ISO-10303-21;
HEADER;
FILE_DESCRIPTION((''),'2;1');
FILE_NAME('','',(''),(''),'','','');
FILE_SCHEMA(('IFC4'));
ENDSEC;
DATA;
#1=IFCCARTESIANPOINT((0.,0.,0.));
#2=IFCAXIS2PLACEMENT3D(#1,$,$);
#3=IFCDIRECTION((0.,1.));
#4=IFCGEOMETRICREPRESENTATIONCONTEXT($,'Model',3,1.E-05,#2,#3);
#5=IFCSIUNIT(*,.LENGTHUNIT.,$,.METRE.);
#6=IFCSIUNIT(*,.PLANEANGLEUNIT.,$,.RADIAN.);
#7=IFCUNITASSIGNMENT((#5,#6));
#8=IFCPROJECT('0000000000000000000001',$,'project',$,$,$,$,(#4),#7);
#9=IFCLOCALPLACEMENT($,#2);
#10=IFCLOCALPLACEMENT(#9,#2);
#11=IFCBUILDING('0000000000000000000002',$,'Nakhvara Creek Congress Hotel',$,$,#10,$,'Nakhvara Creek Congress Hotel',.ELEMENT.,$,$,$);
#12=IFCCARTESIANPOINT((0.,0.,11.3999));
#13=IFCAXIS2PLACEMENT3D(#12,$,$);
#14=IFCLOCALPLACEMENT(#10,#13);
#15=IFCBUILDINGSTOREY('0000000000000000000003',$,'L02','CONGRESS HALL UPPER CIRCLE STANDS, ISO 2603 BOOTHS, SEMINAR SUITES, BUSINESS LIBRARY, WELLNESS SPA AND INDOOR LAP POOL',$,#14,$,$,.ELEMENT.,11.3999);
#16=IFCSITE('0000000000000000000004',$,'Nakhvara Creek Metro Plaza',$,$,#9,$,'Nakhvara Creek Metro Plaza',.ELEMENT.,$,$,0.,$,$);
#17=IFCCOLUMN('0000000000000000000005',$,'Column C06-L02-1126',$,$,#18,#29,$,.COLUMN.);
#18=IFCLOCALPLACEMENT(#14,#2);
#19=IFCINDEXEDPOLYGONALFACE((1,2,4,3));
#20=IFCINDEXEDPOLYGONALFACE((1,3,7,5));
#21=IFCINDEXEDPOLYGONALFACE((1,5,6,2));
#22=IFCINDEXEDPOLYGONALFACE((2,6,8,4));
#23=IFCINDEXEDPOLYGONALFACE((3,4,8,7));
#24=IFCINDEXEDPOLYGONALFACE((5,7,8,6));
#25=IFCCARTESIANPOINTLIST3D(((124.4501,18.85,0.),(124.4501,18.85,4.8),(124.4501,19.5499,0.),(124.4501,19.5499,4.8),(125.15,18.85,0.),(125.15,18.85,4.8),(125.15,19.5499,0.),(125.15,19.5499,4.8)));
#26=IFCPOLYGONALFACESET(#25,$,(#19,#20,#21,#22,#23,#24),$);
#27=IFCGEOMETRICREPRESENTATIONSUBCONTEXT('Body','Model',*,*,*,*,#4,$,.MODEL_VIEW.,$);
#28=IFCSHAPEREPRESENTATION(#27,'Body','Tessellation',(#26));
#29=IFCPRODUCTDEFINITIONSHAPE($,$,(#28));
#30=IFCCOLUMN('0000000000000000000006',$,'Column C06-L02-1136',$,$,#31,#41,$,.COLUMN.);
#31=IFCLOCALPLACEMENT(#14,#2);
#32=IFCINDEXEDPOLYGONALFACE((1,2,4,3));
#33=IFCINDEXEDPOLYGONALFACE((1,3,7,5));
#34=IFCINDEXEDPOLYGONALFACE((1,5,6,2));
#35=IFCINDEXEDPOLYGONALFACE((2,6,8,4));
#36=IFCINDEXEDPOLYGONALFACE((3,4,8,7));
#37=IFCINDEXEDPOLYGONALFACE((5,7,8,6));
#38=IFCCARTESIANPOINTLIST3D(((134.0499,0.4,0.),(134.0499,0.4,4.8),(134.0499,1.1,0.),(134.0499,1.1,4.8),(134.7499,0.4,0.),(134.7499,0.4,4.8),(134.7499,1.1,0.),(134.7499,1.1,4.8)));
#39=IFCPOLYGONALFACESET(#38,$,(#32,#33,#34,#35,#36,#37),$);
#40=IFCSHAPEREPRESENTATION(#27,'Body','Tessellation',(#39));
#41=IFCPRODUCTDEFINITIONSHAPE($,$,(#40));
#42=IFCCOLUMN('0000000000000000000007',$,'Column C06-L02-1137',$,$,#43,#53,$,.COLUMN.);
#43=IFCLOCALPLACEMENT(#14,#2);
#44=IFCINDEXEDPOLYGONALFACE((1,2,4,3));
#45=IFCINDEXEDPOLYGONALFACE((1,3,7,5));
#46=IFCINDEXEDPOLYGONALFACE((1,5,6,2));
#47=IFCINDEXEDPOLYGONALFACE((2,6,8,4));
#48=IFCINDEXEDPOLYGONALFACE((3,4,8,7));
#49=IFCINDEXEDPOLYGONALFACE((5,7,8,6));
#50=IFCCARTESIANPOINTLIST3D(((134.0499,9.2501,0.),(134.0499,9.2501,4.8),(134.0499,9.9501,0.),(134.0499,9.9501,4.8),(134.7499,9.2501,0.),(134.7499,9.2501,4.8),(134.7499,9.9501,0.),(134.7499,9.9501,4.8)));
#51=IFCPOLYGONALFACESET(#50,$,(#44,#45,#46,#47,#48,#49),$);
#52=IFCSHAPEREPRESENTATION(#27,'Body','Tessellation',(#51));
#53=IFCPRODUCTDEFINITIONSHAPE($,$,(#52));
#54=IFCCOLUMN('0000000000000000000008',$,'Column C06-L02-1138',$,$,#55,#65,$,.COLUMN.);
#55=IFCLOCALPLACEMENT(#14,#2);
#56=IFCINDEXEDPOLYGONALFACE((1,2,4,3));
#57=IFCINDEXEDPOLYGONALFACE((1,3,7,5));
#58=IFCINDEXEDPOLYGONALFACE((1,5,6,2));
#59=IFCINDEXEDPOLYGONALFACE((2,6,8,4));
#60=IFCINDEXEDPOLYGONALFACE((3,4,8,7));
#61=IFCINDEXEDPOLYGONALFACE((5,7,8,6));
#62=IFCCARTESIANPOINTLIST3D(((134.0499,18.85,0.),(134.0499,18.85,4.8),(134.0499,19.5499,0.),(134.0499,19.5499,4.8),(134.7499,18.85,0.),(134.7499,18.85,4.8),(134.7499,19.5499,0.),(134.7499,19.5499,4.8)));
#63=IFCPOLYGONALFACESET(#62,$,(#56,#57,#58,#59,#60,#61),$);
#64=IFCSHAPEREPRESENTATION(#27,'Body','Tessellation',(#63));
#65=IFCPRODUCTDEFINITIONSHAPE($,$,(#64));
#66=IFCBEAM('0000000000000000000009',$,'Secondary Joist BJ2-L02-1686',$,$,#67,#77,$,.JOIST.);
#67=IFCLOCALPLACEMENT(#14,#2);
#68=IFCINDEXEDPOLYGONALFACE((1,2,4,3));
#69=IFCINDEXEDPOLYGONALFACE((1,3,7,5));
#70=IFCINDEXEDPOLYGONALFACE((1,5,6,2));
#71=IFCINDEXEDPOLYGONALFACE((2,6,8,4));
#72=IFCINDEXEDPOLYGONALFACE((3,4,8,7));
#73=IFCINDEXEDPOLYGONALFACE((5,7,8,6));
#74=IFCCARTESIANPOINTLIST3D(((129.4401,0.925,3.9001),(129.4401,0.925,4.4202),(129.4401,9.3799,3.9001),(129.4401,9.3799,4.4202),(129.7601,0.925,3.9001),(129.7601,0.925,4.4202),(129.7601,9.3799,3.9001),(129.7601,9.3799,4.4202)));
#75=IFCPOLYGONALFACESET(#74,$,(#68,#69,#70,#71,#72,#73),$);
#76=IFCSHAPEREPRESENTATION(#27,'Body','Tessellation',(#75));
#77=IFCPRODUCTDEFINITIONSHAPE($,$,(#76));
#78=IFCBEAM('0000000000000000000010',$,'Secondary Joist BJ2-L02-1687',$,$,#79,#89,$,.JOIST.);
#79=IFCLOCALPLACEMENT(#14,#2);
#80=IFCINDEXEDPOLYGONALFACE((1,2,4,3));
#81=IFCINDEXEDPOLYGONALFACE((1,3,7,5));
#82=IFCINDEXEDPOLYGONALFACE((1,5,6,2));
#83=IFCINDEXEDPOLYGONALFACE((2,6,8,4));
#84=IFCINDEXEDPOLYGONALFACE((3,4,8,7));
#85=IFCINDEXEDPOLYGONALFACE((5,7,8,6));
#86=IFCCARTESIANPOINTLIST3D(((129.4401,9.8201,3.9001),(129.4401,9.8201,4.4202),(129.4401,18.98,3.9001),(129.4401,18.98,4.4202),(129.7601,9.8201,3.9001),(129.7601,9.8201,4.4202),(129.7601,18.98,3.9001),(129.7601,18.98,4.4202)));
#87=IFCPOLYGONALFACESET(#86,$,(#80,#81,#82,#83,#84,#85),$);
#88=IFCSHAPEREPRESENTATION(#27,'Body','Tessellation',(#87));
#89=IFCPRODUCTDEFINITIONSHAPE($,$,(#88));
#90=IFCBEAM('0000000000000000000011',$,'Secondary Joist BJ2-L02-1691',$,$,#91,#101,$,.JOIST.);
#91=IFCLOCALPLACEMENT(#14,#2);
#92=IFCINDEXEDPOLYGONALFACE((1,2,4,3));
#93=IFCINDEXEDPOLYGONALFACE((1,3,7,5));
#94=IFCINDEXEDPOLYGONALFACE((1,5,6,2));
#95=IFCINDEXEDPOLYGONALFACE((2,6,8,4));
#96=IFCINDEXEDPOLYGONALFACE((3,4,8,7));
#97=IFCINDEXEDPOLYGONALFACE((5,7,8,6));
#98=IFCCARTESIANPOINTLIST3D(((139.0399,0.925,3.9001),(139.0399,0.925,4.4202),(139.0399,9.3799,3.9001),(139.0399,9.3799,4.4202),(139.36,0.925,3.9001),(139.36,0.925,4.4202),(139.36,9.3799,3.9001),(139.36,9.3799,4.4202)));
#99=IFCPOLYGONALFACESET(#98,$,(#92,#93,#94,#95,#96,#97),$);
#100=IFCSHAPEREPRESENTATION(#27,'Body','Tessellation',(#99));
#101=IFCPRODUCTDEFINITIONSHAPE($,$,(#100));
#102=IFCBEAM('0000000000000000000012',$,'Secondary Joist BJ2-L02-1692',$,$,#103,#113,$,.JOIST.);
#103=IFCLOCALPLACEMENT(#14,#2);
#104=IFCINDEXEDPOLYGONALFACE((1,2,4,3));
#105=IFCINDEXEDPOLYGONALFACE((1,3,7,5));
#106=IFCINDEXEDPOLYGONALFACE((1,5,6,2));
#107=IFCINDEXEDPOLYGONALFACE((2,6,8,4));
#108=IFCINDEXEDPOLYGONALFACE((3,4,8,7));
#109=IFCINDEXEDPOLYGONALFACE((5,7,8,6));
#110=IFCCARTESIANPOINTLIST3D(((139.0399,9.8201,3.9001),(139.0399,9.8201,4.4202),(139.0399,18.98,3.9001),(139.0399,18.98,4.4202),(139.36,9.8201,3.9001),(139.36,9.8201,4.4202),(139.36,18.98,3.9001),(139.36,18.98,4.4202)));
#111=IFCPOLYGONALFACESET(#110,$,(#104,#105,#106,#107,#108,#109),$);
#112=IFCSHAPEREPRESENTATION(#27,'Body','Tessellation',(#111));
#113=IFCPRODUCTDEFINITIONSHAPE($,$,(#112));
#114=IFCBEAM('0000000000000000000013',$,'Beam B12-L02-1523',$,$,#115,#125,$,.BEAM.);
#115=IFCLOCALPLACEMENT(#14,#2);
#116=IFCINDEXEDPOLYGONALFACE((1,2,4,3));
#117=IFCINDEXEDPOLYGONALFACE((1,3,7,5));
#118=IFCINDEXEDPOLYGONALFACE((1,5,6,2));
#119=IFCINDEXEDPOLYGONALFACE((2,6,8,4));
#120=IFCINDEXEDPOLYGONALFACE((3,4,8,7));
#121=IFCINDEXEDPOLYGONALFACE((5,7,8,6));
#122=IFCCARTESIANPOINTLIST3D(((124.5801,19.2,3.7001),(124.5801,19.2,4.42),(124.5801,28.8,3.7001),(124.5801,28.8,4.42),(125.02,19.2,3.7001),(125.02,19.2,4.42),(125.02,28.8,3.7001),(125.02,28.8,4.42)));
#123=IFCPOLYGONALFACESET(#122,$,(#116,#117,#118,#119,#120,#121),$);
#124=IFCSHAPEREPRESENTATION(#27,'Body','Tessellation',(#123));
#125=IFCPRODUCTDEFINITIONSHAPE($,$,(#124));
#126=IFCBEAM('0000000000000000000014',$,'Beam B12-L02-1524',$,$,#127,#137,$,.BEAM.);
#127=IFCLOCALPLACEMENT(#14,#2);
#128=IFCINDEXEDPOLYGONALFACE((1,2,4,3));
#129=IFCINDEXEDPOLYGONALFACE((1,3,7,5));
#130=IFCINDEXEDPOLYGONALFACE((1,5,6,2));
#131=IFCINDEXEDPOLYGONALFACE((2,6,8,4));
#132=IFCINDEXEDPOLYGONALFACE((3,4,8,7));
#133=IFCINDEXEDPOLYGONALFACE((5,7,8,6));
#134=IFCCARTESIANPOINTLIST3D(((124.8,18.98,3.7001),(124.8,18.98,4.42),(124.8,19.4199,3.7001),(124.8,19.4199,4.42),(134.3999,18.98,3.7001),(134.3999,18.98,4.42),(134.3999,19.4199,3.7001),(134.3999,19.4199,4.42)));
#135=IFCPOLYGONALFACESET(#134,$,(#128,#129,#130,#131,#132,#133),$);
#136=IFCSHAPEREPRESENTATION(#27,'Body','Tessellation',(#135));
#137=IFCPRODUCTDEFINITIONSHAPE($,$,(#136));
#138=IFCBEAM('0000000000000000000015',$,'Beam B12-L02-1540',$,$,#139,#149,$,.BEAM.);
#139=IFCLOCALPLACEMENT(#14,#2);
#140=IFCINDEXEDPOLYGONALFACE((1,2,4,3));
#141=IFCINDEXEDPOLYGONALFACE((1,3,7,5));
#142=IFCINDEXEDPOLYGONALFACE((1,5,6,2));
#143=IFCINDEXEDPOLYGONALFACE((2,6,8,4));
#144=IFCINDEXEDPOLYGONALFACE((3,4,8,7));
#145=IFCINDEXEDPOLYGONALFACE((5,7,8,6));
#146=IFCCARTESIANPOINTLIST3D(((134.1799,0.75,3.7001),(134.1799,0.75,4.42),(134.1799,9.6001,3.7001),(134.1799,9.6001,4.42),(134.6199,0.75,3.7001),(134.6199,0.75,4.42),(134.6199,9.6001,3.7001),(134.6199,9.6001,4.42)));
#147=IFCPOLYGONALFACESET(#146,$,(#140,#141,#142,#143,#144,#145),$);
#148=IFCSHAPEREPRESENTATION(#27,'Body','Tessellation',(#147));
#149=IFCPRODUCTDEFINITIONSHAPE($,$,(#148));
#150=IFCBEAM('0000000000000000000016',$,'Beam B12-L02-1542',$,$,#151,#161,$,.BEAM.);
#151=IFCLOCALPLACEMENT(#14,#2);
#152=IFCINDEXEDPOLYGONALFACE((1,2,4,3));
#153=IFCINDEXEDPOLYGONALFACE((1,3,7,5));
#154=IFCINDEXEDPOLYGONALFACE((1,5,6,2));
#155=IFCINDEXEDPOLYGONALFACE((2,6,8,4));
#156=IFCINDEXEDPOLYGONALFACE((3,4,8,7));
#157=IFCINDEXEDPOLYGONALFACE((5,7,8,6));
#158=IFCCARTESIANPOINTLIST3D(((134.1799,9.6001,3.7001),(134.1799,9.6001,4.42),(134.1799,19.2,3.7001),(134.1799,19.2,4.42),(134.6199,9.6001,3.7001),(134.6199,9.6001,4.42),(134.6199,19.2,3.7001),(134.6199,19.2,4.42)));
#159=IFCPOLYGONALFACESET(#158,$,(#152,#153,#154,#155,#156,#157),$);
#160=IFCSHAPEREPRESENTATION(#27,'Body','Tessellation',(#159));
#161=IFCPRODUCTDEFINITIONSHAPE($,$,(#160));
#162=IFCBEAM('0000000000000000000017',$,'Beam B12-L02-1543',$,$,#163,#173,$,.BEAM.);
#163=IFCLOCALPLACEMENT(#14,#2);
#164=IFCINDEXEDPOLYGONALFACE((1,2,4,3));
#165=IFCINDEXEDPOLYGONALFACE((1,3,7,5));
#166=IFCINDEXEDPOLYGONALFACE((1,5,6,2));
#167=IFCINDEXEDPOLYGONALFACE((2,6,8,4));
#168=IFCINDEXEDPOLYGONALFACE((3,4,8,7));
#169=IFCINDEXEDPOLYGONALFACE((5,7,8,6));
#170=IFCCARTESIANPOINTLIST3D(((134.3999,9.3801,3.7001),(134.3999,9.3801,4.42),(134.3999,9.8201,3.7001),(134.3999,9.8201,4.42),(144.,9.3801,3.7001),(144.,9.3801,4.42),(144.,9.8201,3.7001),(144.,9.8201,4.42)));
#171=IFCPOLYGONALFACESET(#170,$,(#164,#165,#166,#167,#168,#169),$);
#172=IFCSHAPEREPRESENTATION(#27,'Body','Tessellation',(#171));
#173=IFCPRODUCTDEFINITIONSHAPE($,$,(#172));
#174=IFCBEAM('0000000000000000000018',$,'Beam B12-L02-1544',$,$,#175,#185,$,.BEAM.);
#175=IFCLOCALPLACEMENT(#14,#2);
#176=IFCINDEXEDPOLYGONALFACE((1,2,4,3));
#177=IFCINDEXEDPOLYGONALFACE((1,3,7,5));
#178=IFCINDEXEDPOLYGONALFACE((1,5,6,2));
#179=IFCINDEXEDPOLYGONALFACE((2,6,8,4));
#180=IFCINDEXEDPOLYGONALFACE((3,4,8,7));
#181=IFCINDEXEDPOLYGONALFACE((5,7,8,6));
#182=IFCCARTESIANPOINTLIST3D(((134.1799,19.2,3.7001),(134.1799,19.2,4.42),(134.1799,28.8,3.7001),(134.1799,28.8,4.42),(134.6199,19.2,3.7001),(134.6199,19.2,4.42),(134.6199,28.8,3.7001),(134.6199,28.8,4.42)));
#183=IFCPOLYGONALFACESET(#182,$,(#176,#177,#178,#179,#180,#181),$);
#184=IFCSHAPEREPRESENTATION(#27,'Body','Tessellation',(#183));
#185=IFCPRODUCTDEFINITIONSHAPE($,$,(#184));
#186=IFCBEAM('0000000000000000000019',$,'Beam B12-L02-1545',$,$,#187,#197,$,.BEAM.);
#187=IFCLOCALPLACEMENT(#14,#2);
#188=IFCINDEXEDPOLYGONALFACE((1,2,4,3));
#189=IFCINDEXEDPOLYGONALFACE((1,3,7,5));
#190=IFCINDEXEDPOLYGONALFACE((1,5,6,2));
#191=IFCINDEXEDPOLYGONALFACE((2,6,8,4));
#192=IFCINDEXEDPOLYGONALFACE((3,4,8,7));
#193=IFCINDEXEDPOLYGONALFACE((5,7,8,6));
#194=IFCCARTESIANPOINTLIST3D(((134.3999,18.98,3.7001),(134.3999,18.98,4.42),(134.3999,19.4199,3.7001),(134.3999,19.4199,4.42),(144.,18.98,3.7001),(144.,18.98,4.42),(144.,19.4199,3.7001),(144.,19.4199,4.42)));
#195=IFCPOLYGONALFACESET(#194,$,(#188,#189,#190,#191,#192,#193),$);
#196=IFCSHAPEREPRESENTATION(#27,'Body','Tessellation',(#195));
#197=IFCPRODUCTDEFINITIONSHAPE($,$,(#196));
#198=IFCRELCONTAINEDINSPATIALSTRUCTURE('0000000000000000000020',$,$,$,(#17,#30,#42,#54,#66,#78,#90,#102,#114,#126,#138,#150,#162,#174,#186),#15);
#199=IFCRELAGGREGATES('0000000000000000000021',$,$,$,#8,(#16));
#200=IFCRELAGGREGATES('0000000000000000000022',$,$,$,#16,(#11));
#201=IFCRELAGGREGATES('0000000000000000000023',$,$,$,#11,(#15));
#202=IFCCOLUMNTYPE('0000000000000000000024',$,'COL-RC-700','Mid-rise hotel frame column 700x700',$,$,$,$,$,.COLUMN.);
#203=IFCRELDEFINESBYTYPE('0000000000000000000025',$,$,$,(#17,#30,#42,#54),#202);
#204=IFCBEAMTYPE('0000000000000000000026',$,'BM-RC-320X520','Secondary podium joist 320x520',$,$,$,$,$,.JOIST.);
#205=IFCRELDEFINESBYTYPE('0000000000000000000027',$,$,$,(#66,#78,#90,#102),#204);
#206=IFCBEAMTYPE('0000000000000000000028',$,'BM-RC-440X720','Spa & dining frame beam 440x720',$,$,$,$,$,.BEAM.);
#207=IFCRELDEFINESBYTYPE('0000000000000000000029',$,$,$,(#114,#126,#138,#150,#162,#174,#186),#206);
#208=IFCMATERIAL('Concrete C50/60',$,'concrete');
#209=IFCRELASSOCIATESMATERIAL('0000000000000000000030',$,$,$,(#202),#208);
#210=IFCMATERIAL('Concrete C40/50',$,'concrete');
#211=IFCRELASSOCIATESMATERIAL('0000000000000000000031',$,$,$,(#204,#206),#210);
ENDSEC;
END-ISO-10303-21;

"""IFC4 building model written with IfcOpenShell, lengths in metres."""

from ifc_helpers import new_model, si_unit, direction, frame, origin, origin_2d, place, context, subcontext, project, spatial, rectangle, extrude, material, material_profile, profile_set, type_object, element, save


model = new_model("IFC4")

# Units and contexts
model_context = context("Model", 3, precision=1e-05, world=origin(), true_north=direction((0.0, 1.0)))
body_context = subcontext(model_context, "Body", "Model", "MODEL_VIEW")
ifc_project = project(units=[si_unit("LENGTHUNIT", "METRE"), si_unit("PLANEANGLEUNIT", "RADIAN")], contexts=[model_context])

# Site, building, storey
site_placement = place(None, origin())
site = spatial("IfcSite", under=ifc_project, at=site_placement, Name="Nakhvara Creek Metro Plaza", LongName="Nakhvara Creek Metro Plaza", CompositionType="ELEMENT", RefElevation=0.0)
building_placement = place(site_placement, origin())
building = spatial("IfcBuilding", under=site, at=building_placement, Name="Nakhvara Creek Congress Hotel", LongName="Nakhvara Creek Congress Hotel", CompositionType="ELEMENT")
storey_placement = place(building_placement, frame((0.0, 0.0, 11.3999)))
storey = spatial("IfcBuildingStorey", under=building, at=storey_placement, Name="L02", Description="CONGRESS HALL UPPER CIRCLE STANDS, ISO 2603 BOOTHS, SEMINAR SUITES, BUSINESS LIBRARY, WELLNESS SPA AND INDOOR LAP POOL", CompositionType="ELEMENT", Elevation=11.3999)

# Columns
ifc_material_1 = material(Name="Concrete C50/60", Category="concrete")
ifc_material_profile_1 = material_profile(ifc_material_1, rectangle(XDim=0.7, YDim=0.7, at=origin_2d()), Name="RC-COL 700x700", Category="LoadBearing")
ifc_profile_set_1 = profile_set([ifc_material_profile_1], Name="Concrete C50/60")
column_type = type_object("IfcColumnType", Name="COL-RC-700", Description="Mid-rise hotel frame column 700x700", PredefinedType="COLUMN", material=ifc_profile_set_1)
for number, where, z_axis, x_axis, name in (
    (1, (124.8, 19.2, 0.0), (0.0, 0.0, 1.0), (1.0, 0.0, 0.0), "Column C06-L02-1126"),
    (2, (134.3999, 0.75, 0.0), (0.0, 0.0, 1.0), (1.0, 0.0, 0.0), "Column C06-L02-1136"),
    (3, (134.3999, 9.6001, 0.0), (0.0, 0.0, 1.0), (1.0, 0.0, 0.0), "Column C06-L02-1137"),
    (4, (134.3999, 19.2, 0.0), (0.0, 0.0, 1.0), (1.0, 0.0, 0.0), "Column C06-L02-1138"),
):
    element("IfcColumn", number, at=place(storey_placement, frame(where, z_axis=z_axis, x_axis=x_axis)), inside=storey, type_object=column_type, Name=name, PredefinedType="COLUMN", context=body_context, shape_type="SweptSolid", body=[
        extrude(rectangle(XDim=0.7, YDim=0.7, at=origin_2d()), origin(), (0.0, 0.0, 1.0), 4.8),
    ])

# Beams
ifc_material_2 = material(Name="Concrete C40/50", Category="concrete")
ifc_material_profile_2 = material_profile(ifc_material_2, rectangle(XDim=0.3201, YDim=0.52, at=origin_2d()), Name="RC-BM 320x520", Category="LoadBearing")
ifc_profile_set_2 = profile_set([ifc_material_profile_2], Name="Concrete C40/50")
beam_type_1 = type_object("IfcBeamType", Name="BM-RC-320X520", Description="Secondary podium joist 320x520", PredefinedType="JOIST", material=ifc_profile_set_2)
beam_1_placement = place(storey_placement, frame((129.6001, 0.925, 4.1602), z_axis=(0.0, 1.0, 0.0), x_axis=(-1.0, 0.0, 0.0)))
element("IfcBeam", 5, at=beam_1_placement, inside=storey, type_object=beam_type_1, Name="Secondary Joist BJ2-L02-1686", PredefinedType="JOIST", context=body_context, shape_type="SweptSolid", body=[
    extrude(rectangle(XDim=0.3201, YDim=0.52, at=origin_2d()), origin(), (0.0, 0.0, 1.0), 8.4548),
])
beam_2_placement = place(storey_placement, frame((129.6001, 9.8201, 4.1602), z_axis=(0.0, 1.0, 0.0), x_axis=(-1.0, 0.0, 0.0)))
element("IfcBeam", 6, at=beam_2_placement, inside=storey, type_object=beam_type_1, Name="Secondary Joist BJ2-L02-1687", PredefinedType="JOIST", context=body_context, shape_type="SweptSolid", body=[
    extrude(rectangle(XDim=0.3201, YDim=0.52, at=origin_2d()), origin(), (0.0, 0.0, 1.0), 9.1599),
])
beam_3_placement = place(storey_placement, frame((139.2, 0.925, 4.1602), z_axis=(0.0, 1.0, 0.0), x_axis=(-1.0, 0.0, 0.0)))
element("IfcBeam", 7, at=beam_3_placement, inside=storey, type_object=beam_type_1, Name="Secondary Joist BJ2-L02-1691", PredefinedType="JOIST", context=body_context, shape_type="SweptSolid", body=[
    extrude(rectangle(XDim=0.3201, YDim=0.52, at=origin_2d()), origin(), (0.0, 0.0, 1.0), 8.4548),
])
beam_4_placement = place(storey_placement, frame((139.2, 9.8201, 4.1602), z_axis=(0.0, 1.0, 0.0), x_axis=(-1.0, 0.0, 0.0)))
element("IfcBeam", 8, at=beam_4_placement, inside=storey, type_object=beam_type_1, Name="Secondary Joist BJ2-L02-1692", PredefinedType="JOIST", context=body_context, shape_type="SweptSolid", body=[
    extrude(rectangle(XDim=0.3201, YDim=0.52, at=origin_2d()), origin(), (0.0, 0.0, 1.0), 9.1599),
])
ifc_material_profile_3 = material_profile(ifc_material_2, rectangle(XDim=0.4399, YDim=0.72, at=origin_2d()), Name="RC-BM 440x720", Category="LoadBearing")
ifc_profile_set_3 = profile_set([ifc_material_profile_3], Name="Concrete C40/50")
beam_type_2 = type_object("IfcBeamType", Name="BM-RC-440X720", Description="Spa & dining frame beam 440x720", PredefinedType="BEAM", material=ifc_profile_set_3)
beam_5_placement = place(storey_placement, frame((124.8, 19.2, 4.0601), z_axis=(0.0, 1.0, 0.0), x_axis=(-1.0, 0.0, 0.0)))
element("IfcBeam", 9, at=beam_5_placement, inside=storey, type_object=beam_type_2, Name="Beam B12-L02-1523", PredefinedType="BEAM", context=body_context, shape_type="SweptSolid", body=[
    extrude(rectangle(XDim=0.4399, YDim=0.72, at=origin_2d()), origin(), (0.0, 0.0, 1.0), 9.6001),
])
beam_6_placement = place(storey_placement, frame((124.8, 19.2, 4.0601), z_axis=(1.0, 0.0, 0.0), x_axis=(0.0, 1.0, 0.0)))
element("IfcBeam", 10, at=beam_6_placement, inside=storey, type_object=beam_type_2, Name="Beam B12-L02-1524", PredefinedType="BEAM", context=body_context, shape_type="SweptSolid", body=[
    extrude(rectangle(XDim=0.4399, YDim=0.72, at=origin_2d()), origin(), (0.0, 0.0, 1.0), 9.5999),
])
beam_7_placement = place(storey_placement, frame((134.3999, 0.75, 4.0601), z_axis=(0.0, 1.0, 0.0), x_axis=(-1.0, 0.0, 0.0)))
element("IfcBeam", 11, at=beam_7_placement, inside=storey, type_object=beam_type_2, Name="Beam B12-L02-1540", PredefinedType="BEAM", context=body_context, shape_type="SweptSolid", body=[
    extrude(rectangle(XDim=0.4399, YDim=0.72, at=origin_2d()), origin(), (0.0, 0.0, 1.0), 8.8501),
])
beam_8_placement = place(storey_placement, frame((134.3999, 9.6001, 4.0601), z_axis=(0.0, 1.0, 0.0), x_axis=(-1.0, 0.0, 0.0)))
element("IfcBeam", 12, at=beam_8_placement, inside=storey, type_object=beam_type_2, Name="Beam B12-L02-1542", PredefinedType="BEAM", context=body_context, shape_type="SweptSolid", body=[
    extrude(rectangle(XDim=0.4399, YDim=0.72, at=origin_2d()), origin(), (0.0, 0.0, 1.0), 9.5999),
])
for number, where, z_axis, x_axis, name in (
    (13, (134.3999, 9.6001, 4.0601), (1.0, 0.0, 0.0), (0.0, 1.0, 0.0), "Beam B12-L02-1543"),
    (14, (134.3999, 19.2, 4.0601), (0.0, 1.0, 0.0), (-1.0, 0.0, 0.0), "Beam B12-L02-1544"),
    (15, (134.3999, 19.2, 4.0601), (1.0, 0.0, 0.0), (0.0, 1.0, 0.0), "Beam B12-L02-1545"),
):
    element("IfcBeam", number, at=place(storey_placement, frame(where, z_axis=z_axis, x_axis=x_axis)), inside=storey, type_object=beam_type_2, Name=name, PredefinedType="BEAM", context=body_context, shape_type="SweptSolid", body=[
        extrude(rectangle(XDim=0.4399, YDim=0.72, at=origin_2d()), origin(), (0.0, 0.0, 1.0), 9.6001),
    ])

save(model, "model.ifc")
